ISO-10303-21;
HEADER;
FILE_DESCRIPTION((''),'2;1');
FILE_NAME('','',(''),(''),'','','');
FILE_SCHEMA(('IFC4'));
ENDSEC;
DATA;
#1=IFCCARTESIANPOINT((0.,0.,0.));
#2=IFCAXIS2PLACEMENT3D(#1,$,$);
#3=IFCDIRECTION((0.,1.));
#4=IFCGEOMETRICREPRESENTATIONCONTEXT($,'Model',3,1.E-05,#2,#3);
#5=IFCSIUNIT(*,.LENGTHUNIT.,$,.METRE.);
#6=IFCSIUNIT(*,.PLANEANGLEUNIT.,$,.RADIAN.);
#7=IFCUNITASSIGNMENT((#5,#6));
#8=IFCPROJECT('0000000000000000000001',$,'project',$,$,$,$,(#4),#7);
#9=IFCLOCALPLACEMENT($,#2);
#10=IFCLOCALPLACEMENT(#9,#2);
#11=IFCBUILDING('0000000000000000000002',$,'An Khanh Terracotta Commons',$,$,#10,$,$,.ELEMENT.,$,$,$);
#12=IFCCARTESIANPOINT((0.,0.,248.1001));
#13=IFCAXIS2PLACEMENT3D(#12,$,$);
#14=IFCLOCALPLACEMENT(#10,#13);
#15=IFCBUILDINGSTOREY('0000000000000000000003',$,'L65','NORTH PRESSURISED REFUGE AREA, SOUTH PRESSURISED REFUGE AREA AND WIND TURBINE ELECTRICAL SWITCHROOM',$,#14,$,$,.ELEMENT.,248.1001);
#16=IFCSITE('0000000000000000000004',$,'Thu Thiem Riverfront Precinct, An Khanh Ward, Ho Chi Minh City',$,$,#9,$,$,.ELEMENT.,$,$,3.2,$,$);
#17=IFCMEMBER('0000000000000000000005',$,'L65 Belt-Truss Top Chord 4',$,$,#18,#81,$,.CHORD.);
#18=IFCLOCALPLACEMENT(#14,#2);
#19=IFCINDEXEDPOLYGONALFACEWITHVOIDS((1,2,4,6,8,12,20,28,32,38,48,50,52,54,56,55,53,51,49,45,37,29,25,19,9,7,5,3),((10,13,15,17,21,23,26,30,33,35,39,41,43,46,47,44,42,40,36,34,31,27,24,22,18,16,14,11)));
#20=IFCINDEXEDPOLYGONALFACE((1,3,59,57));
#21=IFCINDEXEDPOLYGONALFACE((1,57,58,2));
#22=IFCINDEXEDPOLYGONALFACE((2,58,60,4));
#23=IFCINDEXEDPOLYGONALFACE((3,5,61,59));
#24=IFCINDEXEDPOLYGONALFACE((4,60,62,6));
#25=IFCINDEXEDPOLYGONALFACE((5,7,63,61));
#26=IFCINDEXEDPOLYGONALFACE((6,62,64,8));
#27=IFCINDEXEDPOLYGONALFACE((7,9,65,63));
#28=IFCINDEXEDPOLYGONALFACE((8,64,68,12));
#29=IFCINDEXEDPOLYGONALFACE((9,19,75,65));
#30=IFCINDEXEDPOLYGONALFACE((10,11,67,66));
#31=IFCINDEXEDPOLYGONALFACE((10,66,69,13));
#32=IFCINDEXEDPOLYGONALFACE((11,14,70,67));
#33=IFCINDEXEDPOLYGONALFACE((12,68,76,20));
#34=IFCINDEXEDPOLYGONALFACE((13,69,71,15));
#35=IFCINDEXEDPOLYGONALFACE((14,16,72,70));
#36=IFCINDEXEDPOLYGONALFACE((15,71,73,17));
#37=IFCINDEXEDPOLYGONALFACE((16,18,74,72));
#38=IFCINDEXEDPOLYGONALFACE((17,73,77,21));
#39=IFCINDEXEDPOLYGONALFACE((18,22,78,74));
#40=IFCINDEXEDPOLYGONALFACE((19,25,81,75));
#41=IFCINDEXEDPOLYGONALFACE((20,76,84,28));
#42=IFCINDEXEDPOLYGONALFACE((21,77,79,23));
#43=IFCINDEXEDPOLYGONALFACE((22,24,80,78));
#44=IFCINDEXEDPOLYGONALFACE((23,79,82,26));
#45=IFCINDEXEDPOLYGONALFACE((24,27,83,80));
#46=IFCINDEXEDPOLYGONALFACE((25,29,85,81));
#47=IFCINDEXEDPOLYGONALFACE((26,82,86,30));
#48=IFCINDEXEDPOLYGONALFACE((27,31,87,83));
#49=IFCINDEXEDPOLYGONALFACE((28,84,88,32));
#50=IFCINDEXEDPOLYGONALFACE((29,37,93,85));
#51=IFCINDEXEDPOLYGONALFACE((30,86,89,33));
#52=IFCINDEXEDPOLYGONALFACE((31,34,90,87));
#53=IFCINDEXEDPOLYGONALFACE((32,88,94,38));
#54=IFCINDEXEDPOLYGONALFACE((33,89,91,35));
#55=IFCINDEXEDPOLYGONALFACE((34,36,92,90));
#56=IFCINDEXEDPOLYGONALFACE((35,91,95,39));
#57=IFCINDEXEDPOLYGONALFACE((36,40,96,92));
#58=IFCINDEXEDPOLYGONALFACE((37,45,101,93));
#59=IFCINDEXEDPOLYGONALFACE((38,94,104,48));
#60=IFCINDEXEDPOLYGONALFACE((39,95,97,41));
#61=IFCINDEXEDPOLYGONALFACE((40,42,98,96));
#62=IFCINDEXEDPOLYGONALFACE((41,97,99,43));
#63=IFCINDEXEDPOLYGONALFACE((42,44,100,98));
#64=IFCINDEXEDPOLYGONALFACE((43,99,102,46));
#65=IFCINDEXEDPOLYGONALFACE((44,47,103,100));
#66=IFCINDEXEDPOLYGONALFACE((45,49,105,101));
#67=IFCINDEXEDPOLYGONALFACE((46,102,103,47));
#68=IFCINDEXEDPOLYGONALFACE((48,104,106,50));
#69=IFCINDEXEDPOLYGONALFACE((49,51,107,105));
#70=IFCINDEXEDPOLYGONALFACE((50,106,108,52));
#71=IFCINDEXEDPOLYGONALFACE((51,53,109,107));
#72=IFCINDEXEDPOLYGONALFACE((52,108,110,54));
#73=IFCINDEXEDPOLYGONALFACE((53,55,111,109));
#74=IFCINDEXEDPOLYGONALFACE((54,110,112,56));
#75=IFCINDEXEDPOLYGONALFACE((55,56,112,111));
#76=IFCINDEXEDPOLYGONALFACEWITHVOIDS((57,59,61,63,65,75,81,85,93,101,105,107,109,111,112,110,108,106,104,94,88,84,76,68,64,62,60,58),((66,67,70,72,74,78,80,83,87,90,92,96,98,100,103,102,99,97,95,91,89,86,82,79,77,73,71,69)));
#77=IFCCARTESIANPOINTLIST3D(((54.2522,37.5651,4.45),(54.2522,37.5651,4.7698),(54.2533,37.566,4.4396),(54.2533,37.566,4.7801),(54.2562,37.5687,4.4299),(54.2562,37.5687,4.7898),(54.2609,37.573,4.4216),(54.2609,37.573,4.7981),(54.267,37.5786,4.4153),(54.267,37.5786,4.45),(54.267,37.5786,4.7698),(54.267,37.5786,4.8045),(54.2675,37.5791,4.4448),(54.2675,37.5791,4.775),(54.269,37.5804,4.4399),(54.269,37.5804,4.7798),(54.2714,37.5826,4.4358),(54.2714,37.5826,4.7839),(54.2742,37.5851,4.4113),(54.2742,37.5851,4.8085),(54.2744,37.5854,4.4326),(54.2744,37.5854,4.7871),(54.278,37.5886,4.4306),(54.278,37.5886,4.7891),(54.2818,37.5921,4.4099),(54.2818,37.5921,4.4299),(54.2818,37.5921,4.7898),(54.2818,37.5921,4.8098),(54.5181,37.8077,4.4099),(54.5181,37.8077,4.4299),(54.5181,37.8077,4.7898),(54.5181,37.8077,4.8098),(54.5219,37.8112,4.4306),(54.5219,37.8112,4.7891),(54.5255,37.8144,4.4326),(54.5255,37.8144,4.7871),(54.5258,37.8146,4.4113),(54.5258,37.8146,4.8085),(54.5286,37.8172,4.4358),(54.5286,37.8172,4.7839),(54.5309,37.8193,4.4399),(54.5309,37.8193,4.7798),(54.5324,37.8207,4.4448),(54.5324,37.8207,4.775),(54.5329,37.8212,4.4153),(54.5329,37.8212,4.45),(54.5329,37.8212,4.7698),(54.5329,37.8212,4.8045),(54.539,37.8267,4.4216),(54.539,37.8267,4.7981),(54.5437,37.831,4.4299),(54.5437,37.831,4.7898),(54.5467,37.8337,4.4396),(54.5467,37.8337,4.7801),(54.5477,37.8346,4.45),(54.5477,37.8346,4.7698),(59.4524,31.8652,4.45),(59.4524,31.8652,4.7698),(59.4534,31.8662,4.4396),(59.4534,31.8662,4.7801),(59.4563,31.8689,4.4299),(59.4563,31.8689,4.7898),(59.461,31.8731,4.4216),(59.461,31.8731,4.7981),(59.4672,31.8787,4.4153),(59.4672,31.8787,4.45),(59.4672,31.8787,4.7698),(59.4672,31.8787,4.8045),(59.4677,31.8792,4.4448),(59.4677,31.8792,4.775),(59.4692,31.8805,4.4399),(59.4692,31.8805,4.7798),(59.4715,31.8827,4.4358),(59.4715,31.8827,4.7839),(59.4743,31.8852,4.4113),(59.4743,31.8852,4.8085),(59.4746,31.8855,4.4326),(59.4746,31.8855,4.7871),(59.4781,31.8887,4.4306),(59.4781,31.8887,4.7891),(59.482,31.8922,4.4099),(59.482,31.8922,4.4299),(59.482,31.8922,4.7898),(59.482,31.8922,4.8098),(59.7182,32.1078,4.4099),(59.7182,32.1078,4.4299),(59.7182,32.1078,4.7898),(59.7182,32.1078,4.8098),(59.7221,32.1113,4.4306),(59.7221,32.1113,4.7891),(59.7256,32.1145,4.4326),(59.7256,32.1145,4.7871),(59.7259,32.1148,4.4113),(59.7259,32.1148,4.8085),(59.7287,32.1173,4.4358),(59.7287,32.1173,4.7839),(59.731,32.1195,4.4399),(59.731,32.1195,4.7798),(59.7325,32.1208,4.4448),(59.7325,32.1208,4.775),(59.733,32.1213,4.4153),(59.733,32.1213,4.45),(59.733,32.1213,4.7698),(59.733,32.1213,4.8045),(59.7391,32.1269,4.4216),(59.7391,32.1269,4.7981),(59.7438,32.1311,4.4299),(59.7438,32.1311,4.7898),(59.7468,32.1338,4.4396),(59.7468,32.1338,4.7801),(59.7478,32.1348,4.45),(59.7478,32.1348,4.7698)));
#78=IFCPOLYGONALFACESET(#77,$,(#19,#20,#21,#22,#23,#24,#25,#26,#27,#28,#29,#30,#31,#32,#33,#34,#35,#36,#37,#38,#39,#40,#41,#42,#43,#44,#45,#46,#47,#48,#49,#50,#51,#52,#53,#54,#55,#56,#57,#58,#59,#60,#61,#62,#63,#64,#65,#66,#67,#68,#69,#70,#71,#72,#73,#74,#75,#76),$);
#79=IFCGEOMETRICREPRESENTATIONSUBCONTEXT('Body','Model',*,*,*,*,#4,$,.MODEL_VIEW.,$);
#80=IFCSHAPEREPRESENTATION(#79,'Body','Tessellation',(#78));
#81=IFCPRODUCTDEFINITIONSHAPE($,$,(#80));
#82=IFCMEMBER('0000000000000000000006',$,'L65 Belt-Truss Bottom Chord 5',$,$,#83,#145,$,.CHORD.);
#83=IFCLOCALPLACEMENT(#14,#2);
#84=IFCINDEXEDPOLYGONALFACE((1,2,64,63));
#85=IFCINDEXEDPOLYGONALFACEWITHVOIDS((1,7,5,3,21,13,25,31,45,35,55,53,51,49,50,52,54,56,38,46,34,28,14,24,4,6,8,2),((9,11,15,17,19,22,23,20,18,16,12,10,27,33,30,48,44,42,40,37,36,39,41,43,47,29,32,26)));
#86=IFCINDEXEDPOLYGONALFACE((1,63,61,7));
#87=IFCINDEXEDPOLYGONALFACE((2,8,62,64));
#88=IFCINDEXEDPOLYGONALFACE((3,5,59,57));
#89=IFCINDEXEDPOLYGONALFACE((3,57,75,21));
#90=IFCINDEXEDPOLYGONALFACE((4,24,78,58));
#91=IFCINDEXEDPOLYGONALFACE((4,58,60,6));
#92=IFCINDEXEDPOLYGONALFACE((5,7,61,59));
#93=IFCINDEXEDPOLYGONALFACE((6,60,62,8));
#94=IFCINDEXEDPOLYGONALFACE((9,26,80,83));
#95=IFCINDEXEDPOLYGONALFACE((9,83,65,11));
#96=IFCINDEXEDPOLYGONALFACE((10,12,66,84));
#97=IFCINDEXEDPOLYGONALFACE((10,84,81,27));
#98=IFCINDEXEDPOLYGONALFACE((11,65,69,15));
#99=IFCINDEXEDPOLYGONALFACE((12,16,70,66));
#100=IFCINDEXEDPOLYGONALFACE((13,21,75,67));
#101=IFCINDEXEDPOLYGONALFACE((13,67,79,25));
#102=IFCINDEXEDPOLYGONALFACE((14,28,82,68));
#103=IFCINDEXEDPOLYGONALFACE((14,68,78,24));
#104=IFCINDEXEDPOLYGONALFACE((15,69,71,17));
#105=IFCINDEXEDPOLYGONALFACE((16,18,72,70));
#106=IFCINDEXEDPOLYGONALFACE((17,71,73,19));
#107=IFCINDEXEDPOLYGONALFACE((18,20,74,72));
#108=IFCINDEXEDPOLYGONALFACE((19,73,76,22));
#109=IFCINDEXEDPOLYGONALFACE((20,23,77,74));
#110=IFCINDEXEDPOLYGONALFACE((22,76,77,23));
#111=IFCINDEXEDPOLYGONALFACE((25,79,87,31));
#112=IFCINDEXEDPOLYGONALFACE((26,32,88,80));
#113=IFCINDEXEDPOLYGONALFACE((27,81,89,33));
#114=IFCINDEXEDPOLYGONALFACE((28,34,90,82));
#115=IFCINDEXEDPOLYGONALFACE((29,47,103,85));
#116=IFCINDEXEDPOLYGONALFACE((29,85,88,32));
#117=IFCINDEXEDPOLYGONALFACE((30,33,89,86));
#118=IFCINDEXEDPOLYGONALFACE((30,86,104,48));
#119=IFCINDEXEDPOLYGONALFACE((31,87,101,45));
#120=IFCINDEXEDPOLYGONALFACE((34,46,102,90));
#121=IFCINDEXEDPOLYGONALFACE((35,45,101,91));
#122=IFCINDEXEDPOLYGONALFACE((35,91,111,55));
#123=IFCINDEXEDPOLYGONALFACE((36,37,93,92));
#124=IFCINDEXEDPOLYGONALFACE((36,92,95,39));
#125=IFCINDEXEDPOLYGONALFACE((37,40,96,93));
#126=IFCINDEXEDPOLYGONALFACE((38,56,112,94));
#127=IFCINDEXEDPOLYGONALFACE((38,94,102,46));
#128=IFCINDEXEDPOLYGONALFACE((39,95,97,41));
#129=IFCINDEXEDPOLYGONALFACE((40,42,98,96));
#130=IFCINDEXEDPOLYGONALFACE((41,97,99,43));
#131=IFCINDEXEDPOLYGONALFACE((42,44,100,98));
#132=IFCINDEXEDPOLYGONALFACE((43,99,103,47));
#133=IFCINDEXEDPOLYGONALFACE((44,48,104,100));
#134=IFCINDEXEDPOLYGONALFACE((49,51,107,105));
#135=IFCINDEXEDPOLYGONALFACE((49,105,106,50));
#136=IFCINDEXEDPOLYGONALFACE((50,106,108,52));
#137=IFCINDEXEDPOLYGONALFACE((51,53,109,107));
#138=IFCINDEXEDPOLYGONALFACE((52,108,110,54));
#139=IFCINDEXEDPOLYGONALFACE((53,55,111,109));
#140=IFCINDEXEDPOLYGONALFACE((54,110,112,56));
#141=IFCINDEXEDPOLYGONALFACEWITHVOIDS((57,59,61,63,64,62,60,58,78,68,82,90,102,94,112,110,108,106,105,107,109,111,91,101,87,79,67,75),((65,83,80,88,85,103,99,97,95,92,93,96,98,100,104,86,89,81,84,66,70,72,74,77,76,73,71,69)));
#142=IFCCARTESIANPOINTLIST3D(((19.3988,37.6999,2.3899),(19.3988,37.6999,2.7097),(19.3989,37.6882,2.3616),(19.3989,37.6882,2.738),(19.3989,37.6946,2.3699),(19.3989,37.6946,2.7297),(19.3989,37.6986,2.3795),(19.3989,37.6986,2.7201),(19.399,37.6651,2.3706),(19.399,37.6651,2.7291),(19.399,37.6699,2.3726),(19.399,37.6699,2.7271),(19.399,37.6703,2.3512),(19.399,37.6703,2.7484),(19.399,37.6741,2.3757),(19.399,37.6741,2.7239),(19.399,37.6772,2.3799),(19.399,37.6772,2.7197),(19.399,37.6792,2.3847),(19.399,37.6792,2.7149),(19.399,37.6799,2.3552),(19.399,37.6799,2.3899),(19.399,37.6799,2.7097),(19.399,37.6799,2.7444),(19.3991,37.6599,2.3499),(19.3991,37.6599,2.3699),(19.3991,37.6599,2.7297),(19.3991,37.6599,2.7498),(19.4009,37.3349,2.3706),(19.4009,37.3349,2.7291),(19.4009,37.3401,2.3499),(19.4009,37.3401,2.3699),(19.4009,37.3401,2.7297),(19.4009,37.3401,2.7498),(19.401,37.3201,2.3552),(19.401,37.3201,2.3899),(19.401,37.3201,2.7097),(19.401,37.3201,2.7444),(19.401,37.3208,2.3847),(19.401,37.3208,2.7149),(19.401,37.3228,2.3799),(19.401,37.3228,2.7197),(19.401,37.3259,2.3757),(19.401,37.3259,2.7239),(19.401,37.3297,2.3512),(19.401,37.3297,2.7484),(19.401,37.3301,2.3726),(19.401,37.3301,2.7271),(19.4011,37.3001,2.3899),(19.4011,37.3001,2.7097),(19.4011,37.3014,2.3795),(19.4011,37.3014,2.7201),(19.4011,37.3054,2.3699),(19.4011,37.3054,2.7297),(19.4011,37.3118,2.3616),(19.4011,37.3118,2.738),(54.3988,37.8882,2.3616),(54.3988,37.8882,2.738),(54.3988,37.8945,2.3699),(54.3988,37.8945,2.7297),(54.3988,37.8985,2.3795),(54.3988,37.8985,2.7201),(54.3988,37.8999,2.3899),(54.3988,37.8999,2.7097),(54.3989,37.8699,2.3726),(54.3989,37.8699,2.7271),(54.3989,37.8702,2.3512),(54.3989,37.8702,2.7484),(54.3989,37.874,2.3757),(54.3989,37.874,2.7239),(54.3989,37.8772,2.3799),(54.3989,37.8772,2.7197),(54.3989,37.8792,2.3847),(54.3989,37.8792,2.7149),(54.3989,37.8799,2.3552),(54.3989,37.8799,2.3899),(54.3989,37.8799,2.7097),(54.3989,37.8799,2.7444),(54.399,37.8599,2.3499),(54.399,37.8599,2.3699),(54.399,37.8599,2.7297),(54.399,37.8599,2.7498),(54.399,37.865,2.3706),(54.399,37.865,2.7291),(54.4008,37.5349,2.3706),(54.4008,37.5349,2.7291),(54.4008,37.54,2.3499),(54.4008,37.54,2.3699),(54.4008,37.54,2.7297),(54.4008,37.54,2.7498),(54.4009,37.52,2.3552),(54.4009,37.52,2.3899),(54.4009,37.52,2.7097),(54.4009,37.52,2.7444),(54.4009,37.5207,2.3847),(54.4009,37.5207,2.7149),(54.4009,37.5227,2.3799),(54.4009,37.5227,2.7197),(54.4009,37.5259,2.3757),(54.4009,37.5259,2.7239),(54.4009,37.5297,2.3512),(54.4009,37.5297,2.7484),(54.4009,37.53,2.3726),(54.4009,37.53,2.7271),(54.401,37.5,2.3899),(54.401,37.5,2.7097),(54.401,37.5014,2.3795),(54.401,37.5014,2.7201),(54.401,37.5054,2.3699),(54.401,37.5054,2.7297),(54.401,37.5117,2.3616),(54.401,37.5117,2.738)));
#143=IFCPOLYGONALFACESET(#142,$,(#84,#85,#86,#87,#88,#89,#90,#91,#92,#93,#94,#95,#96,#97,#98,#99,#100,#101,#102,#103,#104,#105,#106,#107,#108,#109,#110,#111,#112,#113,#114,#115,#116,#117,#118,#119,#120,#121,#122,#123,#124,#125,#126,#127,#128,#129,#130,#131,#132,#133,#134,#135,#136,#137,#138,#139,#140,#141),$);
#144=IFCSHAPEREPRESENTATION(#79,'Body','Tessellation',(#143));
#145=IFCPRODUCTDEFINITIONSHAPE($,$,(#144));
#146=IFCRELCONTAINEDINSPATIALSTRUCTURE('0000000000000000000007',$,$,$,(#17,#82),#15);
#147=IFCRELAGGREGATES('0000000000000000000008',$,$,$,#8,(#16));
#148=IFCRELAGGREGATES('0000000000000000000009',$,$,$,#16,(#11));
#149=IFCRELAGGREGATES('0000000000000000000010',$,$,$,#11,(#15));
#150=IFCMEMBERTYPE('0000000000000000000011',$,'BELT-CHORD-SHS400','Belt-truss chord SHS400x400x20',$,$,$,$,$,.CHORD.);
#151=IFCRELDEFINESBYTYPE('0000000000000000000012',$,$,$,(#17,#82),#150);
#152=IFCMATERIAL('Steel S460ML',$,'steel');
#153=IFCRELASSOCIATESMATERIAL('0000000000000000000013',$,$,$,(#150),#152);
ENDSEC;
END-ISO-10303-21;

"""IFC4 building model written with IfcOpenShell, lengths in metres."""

from ifc_helpers import new_model, si_unit, direction, frame, origin, origin_2d, place, context, subcontext, project, spatial, hollow_rectangle, extrude, material, material_profile, profile_set, type_object, element, save


model = new_model("IFC4")

# Units and contexts
model_context = context("Model", 3, precision=1e-05, world=origin(), true_north=direction((0.0, 1.0)))
body_context = subcontext(model_context, "Body", "Model", "MODEL_VIEW")
ifc_project = project(units=[si_unit("LENGTHUNIT", "METRE"), si_unit("PLANEANGLEUNIT", "RADIAN")], contexts=[model_context])

# Site, building, storey
site_placement = place(None, origin())
site = spatial("IfcSite", under=ifc_project, at=site_placement, Name="Thu Thiem Riverfront Precinct, An Khanh Ward, Ho Chi Minh City", CompositionType="ELEMENT", RefElevation=3.2)
building_placement = place(site_placement, origin())
building = spatial("IfcBuilding", under=site, at=building_placement, Name="An Khanh Terracotta Commons", CompositionType="ELEMENT")
storey_placement = place(building_placement, frame((0.0, 0.0, 248.1001)))
storey = spatial("IfcBuildingStorey", under=building, at=storey_placement, Name="L65", Description="NORTH PRESSURISED REFUGE AREA, SOUTH PRESSURISED REFUGE AREA AND WIND TURBINE ELECTRICAL SWITCHROOM", CompositionType="ELEMENT", Elevation=248.1001)

# Members
ifc_material_1 = material(Name="Steel S460ML", Category="steel")
ifc_material_profile_1 = material_profile(ifc_material_1, hollow_rectangle(XDim=0.3999, YDim=0.3999, WallThickness=0.02, InnerFilletRadius=0.02, OuterFilletRadius=0.04, at=origin_2d()), Name="SHS400x400x20")
ifc_profile_set_1 = profile_set([ifc_material_profile_1], Name="Steel S460ML")
member_type_1 = type_object("IfcMemberType", Name="BELT-CHORD-SHS400", Description="Belt-truss chord SHS400x400x20", PredefinedType="CHORD", material=ifc_profile_set_1)
for number, where, z_axis, x_axis, name in (
    (1, (59.6001, 32.0, 4.6099), (-0.673979, 0.738751, 0.0), (-0.738751, -0.673979, 0.0), "L65 Belt-Truss Top Chord 4"),
):
    element("IfcMember", number, at=place(storey_placement, frame(where, z_axis=z_axis, x_axis=x_axis)), inside=storey, type_object=member_type_1, Name=name, PredefinedType="CHORD", context=body_context, shape_type="SweptSolid", body=[
        extrude(hollow_rectangle(XDim=0.3999, YDim=0.3999, WallThickness=0.02, InnerFilletRadius=0.02, OuterFilletRadius=0.04, at=origin_2d()), origin(), (0.0, 0.0, 1.0), 7.7156),
    ])
for number, where, z_axis, x_axis, name in (
    (2, (54.3999, 37.7, 2.5498), (-0.999984, -0.005713, 0.0), (0.005713, -0.999984, 0.0), "L65 Belt-Truss Bottom Chord 5"),
):
    element("IfcMember", number, at=place(storey_placement, frame(where, z_axis=z_axis, x_axis=x_axis)), inside=storey, type_object=member_type_1, Name=name, PredefinedType="CHORD", context=body_context, shape_type="SweptSolid", body=[
        extrude(hollow_rectangle(XDim=0.3999, YDim=0.3999, WallThickness=0.02, InnerFilletRadius=0.02, OuterFilletRadius=0.04, at=origin_2d()), origin(), (0.0, 0.0, 1.0), 35.0005),
    ])

save(model, "model.ifc")
